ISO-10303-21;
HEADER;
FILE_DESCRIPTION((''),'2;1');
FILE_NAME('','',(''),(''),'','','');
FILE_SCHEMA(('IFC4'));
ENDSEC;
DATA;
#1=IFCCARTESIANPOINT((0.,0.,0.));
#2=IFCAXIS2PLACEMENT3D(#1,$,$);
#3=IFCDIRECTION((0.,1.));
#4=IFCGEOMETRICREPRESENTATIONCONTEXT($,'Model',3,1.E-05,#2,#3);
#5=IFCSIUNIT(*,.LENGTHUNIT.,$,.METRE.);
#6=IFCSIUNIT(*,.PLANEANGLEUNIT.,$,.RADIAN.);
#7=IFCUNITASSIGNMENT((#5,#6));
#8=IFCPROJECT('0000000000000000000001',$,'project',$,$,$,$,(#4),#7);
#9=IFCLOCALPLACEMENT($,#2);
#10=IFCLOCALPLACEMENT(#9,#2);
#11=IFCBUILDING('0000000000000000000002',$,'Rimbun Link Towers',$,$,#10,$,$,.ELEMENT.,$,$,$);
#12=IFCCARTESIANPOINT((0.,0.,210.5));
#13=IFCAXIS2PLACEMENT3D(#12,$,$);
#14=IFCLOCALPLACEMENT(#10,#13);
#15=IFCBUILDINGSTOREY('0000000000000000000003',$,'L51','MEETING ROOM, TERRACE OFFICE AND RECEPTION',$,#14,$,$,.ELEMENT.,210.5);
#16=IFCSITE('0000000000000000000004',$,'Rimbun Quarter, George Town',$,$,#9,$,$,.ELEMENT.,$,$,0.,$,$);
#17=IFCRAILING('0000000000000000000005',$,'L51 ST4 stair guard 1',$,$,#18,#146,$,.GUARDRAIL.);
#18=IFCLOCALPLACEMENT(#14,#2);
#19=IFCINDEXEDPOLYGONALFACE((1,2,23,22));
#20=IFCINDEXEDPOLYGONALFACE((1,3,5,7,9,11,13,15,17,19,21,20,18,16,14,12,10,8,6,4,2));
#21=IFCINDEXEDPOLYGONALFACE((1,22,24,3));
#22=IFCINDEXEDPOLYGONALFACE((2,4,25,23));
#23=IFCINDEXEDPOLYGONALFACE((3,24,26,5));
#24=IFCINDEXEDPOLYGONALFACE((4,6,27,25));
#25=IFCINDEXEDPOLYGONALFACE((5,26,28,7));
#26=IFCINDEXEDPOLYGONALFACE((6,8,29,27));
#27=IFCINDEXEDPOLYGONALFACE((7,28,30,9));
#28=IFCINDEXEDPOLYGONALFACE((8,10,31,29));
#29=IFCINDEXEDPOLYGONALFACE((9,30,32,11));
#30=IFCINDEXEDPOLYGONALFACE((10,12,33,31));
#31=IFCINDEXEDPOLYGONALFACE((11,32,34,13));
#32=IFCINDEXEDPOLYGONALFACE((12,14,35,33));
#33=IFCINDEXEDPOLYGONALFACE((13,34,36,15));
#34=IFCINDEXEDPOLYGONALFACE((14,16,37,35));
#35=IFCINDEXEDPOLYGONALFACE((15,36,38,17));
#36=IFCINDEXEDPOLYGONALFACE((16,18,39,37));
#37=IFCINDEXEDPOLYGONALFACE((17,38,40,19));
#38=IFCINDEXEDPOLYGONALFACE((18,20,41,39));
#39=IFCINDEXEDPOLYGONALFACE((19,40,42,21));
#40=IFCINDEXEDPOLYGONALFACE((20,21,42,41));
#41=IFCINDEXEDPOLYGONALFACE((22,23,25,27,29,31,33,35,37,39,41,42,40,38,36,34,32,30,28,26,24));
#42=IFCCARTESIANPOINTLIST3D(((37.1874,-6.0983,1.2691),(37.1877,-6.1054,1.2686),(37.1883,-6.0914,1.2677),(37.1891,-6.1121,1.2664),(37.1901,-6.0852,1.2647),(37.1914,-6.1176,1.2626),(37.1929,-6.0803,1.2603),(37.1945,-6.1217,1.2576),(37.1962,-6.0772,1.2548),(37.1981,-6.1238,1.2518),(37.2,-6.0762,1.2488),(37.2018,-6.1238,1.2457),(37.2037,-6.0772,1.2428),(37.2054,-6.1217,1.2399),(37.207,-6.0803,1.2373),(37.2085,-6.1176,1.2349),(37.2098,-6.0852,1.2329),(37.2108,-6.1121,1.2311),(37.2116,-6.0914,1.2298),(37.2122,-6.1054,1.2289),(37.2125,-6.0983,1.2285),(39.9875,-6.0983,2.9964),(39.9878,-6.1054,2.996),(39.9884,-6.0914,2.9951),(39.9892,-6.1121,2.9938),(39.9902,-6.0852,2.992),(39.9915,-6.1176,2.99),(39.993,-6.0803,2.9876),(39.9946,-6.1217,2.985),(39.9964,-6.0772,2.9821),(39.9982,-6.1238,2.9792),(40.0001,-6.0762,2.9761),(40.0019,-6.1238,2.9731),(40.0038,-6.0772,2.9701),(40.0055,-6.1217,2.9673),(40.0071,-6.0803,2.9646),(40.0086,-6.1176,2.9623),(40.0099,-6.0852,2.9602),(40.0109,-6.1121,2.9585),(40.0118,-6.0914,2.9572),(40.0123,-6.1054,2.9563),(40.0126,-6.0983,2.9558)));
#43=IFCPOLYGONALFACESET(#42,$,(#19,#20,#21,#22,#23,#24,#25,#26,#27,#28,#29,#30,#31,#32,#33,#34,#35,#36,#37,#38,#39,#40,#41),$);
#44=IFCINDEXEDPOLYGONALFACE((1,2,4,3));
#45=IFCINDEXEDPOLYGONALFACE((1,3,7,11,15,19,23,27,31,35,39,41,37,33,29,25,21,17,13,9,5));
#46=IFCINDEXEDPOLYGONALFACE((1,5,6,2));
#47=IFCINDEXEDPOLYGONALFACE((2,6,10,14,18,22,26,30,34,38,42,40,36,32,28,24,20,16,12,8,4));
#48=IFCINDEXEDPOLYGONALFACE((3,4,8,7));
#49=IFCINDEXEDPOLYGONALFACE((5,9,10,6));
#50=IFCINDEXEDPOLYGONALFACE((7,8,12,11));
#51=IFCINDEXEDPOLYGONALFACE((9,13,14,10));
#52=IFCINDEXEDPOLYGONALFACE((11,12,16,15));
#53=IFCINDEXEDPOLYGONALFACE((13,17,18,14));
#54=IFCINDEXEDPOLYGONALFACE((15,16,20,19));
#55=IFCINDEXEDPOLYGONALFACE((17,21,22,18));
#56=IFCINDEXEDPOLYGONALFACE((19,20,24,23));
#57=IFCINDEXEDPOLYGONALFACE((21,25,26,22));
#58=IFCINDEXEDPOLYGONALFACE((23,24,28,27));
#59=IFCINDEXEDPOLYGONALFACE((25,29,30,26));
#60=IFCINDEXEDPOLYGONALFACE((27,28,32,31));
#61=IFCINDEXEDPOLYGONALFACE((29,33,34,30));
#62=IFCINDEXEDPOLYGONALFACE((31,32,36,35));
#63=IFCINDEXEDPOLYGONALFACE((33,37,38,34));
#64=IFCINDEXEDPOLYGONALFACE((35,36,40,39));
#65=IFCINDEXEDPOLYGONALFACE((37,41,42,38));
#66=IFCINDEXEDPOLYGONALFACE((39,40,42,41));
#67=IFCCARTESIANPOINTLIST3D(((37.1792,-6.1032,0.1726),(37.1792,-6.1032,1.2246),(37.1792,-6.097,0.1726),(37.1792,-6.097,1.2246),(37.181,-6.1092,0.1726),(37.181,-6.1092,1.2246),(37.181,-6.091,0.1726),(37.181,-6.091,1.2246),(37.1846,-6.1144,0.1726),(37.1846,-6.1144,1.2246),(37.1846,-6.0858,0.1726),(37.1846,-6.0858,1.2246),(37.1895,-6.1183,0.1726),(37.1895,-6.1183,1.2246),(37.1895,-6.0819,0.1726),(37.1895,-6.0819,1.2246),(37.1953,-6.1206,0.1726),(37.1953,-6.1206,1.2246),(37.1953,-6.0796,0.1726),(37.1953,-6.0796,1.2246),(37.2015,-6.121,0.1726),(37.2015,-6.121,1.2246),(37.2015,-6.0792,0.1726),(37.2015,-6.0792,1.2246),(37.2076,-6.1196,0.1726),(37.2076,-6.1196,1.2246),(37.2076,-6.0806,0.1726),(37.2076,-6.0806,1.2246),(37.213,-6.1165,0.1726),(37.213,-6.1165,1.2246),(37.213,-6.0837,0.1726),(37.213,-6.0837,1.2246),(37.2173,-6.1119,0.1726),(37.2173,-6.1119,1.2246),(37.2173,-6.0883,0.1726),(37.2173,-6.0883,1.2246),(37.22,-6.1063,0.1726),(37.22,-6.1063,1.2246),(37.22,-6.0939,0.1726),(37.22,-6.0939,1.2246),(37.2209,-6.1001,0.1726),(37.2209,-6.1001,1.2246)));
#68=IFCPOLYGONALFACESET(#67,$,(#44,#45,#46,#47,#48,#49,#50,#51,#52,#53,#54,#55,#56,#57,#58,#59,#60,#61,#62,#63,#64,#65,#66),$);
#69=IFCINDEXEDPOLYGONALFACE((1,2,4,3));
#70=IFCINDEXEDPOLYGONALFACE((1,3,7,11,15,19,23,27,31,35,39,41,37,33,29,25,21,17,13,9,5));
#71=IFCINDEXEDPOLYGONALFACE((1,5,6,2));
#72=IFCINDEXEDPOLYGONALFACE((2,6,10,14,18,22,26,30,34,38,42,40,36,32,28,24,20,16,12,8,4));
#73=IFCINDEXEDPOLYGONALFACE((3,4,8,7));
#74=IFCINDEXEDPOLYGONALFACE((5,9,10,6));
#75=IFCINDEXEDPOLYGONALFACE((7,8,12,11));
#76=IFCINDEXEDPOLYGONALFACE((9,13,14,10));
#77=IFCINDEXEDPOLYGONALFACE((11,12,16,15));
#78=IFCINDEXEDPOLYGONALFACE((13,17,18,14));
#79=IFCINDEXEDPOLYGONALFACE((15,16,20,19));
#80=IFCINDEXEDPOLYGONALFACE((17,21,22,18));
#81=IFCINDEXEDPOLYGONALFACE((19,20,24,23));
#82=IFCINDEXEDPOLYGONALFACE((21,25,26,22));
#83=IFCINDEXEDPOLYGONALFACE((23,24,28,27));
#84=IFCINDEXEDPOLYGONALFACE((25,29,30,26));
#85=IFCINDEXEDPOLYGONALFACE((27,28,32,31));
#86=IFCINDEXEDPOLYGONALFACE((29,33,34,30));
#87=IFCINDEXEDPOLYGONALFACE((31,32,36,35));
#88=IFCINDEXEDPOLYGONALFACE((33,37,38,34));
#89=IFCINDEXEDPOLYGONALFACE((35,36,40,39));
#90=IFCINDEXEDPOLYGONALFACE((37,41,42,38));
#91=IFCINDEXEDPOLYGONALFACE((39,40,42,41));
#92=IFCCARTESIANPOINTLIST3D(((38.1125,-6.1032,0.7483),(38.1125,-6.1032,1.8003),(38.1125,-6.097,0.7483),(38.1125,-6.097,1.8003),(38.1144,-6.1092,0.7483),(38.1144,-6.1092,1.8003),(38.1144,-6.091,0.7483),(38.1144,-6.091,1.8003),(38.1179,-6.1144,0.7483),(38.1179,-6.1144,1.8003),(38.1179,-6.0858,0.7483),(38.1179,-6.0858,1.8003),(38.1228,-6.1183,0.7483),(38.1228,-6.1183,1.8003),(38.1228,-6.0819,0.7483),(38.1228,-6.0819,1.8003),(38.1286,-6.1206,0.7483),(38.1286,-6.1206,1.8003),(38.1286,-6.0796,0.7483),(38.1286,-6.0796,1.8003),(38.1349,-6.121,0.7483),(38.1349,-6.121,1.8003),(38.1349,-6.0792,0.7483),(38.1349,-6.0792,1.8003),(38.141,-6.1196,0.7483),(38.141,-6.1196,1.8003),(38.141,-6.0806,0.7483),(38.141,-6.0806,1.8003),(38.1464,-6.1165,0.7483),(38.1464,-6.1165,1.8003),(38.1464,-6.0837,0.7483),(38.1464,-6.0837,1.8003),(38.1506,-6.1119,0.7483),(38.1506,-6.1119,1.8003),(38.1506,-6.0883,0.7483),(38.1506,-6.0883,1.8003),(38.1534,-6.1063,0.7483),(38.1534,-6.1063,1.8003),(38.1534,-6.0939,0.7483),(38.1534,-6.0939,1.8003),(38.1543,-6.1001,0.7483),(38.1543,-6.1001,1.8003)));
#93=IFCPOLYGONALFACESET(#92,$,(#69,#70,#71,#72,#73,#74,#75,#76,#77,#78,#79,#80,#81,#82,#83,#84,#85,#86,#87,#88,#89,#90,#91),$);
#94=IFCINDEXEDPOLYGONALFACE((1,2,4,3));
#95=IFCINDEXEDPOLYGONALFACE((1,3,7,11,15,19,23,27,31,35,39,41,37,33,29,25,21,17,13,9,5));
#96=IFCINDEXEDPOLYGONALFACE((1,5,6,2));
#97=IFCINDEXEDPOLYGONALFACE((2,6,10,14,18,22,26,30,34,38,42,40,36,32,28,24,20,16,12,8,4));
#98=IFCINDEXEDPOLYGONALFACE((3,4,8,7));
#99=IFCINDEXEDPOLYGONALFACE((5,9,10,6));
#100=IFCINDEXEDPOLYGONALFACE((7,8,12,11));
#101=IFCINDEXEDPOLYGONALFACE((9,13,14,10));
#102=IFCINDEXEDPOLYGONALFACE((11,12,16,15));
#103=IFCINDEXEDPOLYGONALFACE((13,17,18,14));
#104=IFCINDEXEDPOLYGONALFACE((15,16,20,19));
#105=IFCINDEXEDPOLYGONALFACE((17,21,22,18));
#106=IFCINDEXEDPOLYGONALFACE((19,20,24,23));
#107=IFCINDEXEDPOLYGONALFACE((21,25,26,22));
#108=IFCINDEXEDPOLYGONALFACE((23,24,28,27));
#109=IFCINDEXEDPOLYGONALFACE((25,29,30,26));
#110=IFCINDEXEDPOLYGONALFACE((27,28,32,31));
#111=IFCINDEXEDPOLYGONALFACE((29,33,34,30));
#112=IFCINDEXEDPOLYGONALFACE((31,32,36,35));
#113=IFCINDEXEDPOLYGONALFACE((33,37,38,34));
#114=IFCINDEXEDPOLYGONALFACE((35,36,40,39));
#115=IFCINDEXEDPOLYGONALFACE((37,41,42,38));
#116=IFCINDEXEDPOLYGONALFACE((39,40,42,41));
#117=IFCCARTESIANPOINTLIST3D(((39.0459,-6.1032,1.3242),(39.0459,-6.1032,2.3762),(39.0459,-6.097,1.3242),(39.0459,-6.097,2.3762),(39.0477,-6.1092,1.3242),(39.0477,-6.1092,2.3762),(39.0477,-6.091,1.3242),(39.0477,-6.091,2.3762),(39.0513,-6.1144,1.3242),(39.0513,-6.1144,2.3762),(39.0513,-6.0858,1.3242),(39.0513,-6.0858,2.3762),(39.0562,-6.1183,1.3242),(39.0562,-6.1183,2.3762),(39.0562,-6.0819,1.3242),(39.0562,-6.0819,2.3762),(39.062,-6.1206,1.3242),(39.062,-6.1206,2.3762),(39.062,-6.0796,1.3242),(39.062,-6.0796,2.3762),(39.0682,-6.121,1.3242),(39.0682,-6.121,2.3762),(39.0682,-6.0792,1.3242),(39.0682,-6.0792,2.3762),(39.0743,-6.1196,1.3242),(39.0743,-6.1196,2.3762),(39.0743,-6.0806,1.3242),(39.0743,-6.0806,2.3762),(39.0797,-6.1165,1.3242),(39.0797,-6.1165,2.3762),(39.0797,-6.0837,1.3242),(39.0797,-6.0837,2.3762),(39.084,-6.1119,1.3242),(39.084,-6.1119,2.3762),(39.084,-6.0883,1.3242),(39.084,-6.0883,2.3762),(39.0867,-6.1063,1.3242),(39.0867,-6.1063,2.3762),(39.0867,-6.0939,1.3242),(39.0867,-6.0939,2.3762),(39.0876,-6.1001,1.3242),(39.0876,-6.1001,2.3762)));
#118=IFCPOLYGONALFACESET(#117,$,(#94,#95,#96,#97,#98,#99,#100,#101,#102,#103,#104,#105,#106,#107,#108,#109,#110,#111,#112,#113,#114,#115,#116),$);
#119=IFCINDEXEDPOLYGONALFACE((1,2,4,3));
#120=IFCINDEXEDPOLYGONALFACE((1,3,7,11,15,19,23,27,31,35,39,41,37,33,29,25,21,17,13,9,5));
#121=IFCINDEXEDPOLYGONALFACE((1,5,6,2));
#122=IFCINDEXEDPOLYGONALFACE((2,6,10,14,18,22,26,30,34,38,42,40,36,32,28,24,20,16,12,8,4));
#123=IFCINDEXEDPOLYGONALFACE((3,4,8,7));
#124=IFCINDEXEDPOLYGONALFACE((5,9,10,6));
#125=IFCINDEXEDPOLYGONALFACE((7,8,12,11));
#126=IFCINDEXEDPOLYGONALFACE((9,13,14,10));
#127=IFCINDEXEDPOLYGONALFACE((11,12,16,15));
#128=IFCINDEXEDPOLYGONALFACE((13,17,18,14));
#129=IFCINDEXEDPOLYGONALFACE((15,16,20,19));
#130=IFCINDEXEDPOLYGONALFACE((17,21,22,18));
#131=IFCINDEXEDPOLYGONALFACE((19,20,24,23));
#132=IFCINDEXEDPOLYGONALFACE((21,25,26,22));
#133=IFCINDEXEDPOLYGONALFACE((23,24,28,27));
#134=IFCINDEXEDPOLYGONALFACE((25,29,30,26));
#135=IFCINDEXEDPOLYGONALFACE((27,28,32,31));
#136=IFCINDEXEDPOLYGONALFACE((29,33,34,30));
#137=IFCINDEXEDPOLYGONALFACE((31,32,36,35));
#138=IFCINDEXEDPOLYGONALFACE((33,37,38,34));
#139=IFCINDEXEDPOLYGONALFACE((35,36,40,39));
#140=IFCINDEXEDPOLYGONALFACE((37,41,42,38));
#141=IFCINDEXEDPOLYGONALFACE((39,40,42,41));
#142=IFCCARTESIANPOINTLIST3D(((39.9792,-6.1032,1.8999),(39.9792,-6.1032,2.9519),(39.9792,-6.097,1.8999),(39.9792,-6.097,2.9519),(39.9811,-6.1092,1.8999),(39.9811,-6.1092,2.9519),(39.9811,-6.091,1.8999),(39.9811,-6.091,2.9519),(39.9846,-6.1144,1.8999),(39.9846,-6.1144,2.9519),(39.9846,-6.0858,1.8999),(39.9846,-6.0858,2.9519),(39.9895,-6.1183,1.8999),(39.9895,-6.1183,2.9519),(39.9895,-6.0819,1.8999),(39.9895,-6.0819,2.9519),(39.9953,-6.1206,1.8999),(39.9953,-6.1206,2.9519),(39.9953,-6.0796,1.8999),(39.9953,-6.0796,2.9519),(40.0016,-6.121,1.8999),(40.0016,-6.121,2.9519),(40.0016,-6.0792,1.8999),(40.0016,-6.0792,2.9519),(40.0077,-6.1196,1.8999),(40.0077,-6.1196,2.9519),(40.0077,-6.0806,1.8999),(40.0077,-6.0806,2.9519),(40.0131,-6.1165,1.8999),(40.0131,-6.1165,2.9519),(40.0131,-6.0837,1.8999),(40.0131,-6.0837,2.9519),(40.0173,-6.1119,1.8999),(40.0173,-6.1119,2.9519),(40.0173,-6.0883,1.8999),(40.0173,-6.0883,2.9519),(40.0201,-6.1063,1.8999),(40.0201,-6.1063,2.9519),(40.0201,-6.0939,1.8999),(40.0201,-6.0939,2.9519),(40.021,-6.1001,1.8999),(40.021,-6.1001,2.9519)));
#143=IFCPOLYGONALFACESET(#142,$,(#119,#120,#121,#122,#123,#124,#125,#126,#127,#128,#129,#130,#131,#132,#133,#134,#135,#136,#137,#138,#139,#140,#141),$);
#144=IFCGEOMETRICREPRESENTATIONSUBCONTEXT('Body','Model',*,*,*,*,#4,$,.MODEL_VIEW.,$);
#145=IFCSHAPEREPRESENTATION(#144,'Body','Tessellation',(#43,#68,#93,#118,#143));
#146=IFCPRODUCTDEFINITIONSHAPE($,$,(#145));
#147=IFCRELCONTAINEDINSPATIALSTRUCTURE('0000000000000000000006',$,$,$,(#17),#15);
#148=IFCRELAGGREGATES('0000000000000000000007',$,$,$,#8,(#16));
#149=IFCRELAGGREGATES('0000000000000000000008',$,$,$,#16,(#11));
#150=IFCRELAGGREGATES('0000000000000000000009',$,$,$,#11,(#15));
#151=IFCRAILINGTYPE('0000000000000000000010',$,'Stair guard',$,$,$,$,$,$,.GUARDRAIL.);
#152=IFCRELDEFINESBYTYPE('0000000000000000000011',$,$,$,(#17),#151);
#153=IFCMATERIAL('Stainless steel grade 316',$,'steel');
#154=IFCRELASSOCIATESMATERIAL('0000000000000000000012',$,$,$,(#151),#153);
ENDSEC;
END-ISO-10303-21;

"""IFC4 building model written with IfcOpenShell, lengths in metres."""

from ifc_helpers import new_model, si_unit, direction, frame, origin, origin_2d, place, context, subcontext, project, spatial, circle, extrude, material, type_object, element, save


model = new_model("IFC4")

# Units and contexts
model_context = context("Model", 3, precision=1e-05, world=origin(), true_north=direction((0.0, 1.0)))
body_context = subcontext(model_context, "Body", "Model", "MODEL_VIEW")
ifc_project = project(units=[si_unit("LENGTHUNIT", "METRE"), si_unit("PLANEANGLEUNIT", "RADIAN")], contexts=[model_context])

# Site, building, storey
site_placement = place(None, origin())
site = spatial("IfcSite", under=ifc_project, at=site_placement, Name="Rimbun Quarter, George Town", CompositionType="ELEMENT", RefElevation=0.0)
building_placement = place(site_placement, origin())
building = spatial("IfcBuilding", under=site, at=building_placement, Name="Rimbun Link Towers", CompositionType="ELEMENT")
storey_placement = place(building_placement, frame((0.0, 0.0, 210.5)))
storey = spatial("IfcBuildingStorey", under=building, at=storey_placement, Name="L51", Description="MEETING ROOM, TERRACE OFFICE AND RECEPTION", CompositionType="ELEMENT", Elevation=210.5)

# Railing
ifc_material_1 = material(Name="Stainless steel grade 316", Category="steel")
railing_type_1 = type_object("IfcRailingType", Name="Stair guard", PredefinedType="GUARDRAIL", material=ifc_material_1)
railing_1_placement = place(storey_placement, frame((37.2, -6.1001, 0.1726)))
element("IfcRailing", 1, at=railing_1_placement, inside=storey, type_object=railing_type_1, Name="L51 ST4 stair guard 1", PredefinedType="GUARDRAIL", context=body_context, shape_type="SweptSolid", body=[
    extrude(circle(Radius=0.0239, at=origin_2d()), frame((0.0, 0.0, 1.0762), z_axis=(0.85109, 0.0, 0.52502), x_axis=(0.0, 1.0, 0.0)), (0.0, 0.0, 1.0), 3.29),
    extrude(circle(Radius=0.021, at=origin_2d()), origin(), (0.0, 0.0, 1.0), 1.052),
    extrude(circle(Radius=0.021, at=origin_2d()), frame((0.9333, 0.0, 0.5757)), (0.0, 0.0, 1.0), 1.052),
    extrude(circle(Radius=0.021, at=origin_2d()), frame((1.8667, 0.0, 1.1516)), (0.0, 0.0, 1.0), 1.052),
    extrude(circle(Radius=0.021, at=origin_2d()), frame((2.8, 0.0, 1.7273)), (0.0, 0.0, 1.0), 1.052),
])

save(model, "model.ifc")
